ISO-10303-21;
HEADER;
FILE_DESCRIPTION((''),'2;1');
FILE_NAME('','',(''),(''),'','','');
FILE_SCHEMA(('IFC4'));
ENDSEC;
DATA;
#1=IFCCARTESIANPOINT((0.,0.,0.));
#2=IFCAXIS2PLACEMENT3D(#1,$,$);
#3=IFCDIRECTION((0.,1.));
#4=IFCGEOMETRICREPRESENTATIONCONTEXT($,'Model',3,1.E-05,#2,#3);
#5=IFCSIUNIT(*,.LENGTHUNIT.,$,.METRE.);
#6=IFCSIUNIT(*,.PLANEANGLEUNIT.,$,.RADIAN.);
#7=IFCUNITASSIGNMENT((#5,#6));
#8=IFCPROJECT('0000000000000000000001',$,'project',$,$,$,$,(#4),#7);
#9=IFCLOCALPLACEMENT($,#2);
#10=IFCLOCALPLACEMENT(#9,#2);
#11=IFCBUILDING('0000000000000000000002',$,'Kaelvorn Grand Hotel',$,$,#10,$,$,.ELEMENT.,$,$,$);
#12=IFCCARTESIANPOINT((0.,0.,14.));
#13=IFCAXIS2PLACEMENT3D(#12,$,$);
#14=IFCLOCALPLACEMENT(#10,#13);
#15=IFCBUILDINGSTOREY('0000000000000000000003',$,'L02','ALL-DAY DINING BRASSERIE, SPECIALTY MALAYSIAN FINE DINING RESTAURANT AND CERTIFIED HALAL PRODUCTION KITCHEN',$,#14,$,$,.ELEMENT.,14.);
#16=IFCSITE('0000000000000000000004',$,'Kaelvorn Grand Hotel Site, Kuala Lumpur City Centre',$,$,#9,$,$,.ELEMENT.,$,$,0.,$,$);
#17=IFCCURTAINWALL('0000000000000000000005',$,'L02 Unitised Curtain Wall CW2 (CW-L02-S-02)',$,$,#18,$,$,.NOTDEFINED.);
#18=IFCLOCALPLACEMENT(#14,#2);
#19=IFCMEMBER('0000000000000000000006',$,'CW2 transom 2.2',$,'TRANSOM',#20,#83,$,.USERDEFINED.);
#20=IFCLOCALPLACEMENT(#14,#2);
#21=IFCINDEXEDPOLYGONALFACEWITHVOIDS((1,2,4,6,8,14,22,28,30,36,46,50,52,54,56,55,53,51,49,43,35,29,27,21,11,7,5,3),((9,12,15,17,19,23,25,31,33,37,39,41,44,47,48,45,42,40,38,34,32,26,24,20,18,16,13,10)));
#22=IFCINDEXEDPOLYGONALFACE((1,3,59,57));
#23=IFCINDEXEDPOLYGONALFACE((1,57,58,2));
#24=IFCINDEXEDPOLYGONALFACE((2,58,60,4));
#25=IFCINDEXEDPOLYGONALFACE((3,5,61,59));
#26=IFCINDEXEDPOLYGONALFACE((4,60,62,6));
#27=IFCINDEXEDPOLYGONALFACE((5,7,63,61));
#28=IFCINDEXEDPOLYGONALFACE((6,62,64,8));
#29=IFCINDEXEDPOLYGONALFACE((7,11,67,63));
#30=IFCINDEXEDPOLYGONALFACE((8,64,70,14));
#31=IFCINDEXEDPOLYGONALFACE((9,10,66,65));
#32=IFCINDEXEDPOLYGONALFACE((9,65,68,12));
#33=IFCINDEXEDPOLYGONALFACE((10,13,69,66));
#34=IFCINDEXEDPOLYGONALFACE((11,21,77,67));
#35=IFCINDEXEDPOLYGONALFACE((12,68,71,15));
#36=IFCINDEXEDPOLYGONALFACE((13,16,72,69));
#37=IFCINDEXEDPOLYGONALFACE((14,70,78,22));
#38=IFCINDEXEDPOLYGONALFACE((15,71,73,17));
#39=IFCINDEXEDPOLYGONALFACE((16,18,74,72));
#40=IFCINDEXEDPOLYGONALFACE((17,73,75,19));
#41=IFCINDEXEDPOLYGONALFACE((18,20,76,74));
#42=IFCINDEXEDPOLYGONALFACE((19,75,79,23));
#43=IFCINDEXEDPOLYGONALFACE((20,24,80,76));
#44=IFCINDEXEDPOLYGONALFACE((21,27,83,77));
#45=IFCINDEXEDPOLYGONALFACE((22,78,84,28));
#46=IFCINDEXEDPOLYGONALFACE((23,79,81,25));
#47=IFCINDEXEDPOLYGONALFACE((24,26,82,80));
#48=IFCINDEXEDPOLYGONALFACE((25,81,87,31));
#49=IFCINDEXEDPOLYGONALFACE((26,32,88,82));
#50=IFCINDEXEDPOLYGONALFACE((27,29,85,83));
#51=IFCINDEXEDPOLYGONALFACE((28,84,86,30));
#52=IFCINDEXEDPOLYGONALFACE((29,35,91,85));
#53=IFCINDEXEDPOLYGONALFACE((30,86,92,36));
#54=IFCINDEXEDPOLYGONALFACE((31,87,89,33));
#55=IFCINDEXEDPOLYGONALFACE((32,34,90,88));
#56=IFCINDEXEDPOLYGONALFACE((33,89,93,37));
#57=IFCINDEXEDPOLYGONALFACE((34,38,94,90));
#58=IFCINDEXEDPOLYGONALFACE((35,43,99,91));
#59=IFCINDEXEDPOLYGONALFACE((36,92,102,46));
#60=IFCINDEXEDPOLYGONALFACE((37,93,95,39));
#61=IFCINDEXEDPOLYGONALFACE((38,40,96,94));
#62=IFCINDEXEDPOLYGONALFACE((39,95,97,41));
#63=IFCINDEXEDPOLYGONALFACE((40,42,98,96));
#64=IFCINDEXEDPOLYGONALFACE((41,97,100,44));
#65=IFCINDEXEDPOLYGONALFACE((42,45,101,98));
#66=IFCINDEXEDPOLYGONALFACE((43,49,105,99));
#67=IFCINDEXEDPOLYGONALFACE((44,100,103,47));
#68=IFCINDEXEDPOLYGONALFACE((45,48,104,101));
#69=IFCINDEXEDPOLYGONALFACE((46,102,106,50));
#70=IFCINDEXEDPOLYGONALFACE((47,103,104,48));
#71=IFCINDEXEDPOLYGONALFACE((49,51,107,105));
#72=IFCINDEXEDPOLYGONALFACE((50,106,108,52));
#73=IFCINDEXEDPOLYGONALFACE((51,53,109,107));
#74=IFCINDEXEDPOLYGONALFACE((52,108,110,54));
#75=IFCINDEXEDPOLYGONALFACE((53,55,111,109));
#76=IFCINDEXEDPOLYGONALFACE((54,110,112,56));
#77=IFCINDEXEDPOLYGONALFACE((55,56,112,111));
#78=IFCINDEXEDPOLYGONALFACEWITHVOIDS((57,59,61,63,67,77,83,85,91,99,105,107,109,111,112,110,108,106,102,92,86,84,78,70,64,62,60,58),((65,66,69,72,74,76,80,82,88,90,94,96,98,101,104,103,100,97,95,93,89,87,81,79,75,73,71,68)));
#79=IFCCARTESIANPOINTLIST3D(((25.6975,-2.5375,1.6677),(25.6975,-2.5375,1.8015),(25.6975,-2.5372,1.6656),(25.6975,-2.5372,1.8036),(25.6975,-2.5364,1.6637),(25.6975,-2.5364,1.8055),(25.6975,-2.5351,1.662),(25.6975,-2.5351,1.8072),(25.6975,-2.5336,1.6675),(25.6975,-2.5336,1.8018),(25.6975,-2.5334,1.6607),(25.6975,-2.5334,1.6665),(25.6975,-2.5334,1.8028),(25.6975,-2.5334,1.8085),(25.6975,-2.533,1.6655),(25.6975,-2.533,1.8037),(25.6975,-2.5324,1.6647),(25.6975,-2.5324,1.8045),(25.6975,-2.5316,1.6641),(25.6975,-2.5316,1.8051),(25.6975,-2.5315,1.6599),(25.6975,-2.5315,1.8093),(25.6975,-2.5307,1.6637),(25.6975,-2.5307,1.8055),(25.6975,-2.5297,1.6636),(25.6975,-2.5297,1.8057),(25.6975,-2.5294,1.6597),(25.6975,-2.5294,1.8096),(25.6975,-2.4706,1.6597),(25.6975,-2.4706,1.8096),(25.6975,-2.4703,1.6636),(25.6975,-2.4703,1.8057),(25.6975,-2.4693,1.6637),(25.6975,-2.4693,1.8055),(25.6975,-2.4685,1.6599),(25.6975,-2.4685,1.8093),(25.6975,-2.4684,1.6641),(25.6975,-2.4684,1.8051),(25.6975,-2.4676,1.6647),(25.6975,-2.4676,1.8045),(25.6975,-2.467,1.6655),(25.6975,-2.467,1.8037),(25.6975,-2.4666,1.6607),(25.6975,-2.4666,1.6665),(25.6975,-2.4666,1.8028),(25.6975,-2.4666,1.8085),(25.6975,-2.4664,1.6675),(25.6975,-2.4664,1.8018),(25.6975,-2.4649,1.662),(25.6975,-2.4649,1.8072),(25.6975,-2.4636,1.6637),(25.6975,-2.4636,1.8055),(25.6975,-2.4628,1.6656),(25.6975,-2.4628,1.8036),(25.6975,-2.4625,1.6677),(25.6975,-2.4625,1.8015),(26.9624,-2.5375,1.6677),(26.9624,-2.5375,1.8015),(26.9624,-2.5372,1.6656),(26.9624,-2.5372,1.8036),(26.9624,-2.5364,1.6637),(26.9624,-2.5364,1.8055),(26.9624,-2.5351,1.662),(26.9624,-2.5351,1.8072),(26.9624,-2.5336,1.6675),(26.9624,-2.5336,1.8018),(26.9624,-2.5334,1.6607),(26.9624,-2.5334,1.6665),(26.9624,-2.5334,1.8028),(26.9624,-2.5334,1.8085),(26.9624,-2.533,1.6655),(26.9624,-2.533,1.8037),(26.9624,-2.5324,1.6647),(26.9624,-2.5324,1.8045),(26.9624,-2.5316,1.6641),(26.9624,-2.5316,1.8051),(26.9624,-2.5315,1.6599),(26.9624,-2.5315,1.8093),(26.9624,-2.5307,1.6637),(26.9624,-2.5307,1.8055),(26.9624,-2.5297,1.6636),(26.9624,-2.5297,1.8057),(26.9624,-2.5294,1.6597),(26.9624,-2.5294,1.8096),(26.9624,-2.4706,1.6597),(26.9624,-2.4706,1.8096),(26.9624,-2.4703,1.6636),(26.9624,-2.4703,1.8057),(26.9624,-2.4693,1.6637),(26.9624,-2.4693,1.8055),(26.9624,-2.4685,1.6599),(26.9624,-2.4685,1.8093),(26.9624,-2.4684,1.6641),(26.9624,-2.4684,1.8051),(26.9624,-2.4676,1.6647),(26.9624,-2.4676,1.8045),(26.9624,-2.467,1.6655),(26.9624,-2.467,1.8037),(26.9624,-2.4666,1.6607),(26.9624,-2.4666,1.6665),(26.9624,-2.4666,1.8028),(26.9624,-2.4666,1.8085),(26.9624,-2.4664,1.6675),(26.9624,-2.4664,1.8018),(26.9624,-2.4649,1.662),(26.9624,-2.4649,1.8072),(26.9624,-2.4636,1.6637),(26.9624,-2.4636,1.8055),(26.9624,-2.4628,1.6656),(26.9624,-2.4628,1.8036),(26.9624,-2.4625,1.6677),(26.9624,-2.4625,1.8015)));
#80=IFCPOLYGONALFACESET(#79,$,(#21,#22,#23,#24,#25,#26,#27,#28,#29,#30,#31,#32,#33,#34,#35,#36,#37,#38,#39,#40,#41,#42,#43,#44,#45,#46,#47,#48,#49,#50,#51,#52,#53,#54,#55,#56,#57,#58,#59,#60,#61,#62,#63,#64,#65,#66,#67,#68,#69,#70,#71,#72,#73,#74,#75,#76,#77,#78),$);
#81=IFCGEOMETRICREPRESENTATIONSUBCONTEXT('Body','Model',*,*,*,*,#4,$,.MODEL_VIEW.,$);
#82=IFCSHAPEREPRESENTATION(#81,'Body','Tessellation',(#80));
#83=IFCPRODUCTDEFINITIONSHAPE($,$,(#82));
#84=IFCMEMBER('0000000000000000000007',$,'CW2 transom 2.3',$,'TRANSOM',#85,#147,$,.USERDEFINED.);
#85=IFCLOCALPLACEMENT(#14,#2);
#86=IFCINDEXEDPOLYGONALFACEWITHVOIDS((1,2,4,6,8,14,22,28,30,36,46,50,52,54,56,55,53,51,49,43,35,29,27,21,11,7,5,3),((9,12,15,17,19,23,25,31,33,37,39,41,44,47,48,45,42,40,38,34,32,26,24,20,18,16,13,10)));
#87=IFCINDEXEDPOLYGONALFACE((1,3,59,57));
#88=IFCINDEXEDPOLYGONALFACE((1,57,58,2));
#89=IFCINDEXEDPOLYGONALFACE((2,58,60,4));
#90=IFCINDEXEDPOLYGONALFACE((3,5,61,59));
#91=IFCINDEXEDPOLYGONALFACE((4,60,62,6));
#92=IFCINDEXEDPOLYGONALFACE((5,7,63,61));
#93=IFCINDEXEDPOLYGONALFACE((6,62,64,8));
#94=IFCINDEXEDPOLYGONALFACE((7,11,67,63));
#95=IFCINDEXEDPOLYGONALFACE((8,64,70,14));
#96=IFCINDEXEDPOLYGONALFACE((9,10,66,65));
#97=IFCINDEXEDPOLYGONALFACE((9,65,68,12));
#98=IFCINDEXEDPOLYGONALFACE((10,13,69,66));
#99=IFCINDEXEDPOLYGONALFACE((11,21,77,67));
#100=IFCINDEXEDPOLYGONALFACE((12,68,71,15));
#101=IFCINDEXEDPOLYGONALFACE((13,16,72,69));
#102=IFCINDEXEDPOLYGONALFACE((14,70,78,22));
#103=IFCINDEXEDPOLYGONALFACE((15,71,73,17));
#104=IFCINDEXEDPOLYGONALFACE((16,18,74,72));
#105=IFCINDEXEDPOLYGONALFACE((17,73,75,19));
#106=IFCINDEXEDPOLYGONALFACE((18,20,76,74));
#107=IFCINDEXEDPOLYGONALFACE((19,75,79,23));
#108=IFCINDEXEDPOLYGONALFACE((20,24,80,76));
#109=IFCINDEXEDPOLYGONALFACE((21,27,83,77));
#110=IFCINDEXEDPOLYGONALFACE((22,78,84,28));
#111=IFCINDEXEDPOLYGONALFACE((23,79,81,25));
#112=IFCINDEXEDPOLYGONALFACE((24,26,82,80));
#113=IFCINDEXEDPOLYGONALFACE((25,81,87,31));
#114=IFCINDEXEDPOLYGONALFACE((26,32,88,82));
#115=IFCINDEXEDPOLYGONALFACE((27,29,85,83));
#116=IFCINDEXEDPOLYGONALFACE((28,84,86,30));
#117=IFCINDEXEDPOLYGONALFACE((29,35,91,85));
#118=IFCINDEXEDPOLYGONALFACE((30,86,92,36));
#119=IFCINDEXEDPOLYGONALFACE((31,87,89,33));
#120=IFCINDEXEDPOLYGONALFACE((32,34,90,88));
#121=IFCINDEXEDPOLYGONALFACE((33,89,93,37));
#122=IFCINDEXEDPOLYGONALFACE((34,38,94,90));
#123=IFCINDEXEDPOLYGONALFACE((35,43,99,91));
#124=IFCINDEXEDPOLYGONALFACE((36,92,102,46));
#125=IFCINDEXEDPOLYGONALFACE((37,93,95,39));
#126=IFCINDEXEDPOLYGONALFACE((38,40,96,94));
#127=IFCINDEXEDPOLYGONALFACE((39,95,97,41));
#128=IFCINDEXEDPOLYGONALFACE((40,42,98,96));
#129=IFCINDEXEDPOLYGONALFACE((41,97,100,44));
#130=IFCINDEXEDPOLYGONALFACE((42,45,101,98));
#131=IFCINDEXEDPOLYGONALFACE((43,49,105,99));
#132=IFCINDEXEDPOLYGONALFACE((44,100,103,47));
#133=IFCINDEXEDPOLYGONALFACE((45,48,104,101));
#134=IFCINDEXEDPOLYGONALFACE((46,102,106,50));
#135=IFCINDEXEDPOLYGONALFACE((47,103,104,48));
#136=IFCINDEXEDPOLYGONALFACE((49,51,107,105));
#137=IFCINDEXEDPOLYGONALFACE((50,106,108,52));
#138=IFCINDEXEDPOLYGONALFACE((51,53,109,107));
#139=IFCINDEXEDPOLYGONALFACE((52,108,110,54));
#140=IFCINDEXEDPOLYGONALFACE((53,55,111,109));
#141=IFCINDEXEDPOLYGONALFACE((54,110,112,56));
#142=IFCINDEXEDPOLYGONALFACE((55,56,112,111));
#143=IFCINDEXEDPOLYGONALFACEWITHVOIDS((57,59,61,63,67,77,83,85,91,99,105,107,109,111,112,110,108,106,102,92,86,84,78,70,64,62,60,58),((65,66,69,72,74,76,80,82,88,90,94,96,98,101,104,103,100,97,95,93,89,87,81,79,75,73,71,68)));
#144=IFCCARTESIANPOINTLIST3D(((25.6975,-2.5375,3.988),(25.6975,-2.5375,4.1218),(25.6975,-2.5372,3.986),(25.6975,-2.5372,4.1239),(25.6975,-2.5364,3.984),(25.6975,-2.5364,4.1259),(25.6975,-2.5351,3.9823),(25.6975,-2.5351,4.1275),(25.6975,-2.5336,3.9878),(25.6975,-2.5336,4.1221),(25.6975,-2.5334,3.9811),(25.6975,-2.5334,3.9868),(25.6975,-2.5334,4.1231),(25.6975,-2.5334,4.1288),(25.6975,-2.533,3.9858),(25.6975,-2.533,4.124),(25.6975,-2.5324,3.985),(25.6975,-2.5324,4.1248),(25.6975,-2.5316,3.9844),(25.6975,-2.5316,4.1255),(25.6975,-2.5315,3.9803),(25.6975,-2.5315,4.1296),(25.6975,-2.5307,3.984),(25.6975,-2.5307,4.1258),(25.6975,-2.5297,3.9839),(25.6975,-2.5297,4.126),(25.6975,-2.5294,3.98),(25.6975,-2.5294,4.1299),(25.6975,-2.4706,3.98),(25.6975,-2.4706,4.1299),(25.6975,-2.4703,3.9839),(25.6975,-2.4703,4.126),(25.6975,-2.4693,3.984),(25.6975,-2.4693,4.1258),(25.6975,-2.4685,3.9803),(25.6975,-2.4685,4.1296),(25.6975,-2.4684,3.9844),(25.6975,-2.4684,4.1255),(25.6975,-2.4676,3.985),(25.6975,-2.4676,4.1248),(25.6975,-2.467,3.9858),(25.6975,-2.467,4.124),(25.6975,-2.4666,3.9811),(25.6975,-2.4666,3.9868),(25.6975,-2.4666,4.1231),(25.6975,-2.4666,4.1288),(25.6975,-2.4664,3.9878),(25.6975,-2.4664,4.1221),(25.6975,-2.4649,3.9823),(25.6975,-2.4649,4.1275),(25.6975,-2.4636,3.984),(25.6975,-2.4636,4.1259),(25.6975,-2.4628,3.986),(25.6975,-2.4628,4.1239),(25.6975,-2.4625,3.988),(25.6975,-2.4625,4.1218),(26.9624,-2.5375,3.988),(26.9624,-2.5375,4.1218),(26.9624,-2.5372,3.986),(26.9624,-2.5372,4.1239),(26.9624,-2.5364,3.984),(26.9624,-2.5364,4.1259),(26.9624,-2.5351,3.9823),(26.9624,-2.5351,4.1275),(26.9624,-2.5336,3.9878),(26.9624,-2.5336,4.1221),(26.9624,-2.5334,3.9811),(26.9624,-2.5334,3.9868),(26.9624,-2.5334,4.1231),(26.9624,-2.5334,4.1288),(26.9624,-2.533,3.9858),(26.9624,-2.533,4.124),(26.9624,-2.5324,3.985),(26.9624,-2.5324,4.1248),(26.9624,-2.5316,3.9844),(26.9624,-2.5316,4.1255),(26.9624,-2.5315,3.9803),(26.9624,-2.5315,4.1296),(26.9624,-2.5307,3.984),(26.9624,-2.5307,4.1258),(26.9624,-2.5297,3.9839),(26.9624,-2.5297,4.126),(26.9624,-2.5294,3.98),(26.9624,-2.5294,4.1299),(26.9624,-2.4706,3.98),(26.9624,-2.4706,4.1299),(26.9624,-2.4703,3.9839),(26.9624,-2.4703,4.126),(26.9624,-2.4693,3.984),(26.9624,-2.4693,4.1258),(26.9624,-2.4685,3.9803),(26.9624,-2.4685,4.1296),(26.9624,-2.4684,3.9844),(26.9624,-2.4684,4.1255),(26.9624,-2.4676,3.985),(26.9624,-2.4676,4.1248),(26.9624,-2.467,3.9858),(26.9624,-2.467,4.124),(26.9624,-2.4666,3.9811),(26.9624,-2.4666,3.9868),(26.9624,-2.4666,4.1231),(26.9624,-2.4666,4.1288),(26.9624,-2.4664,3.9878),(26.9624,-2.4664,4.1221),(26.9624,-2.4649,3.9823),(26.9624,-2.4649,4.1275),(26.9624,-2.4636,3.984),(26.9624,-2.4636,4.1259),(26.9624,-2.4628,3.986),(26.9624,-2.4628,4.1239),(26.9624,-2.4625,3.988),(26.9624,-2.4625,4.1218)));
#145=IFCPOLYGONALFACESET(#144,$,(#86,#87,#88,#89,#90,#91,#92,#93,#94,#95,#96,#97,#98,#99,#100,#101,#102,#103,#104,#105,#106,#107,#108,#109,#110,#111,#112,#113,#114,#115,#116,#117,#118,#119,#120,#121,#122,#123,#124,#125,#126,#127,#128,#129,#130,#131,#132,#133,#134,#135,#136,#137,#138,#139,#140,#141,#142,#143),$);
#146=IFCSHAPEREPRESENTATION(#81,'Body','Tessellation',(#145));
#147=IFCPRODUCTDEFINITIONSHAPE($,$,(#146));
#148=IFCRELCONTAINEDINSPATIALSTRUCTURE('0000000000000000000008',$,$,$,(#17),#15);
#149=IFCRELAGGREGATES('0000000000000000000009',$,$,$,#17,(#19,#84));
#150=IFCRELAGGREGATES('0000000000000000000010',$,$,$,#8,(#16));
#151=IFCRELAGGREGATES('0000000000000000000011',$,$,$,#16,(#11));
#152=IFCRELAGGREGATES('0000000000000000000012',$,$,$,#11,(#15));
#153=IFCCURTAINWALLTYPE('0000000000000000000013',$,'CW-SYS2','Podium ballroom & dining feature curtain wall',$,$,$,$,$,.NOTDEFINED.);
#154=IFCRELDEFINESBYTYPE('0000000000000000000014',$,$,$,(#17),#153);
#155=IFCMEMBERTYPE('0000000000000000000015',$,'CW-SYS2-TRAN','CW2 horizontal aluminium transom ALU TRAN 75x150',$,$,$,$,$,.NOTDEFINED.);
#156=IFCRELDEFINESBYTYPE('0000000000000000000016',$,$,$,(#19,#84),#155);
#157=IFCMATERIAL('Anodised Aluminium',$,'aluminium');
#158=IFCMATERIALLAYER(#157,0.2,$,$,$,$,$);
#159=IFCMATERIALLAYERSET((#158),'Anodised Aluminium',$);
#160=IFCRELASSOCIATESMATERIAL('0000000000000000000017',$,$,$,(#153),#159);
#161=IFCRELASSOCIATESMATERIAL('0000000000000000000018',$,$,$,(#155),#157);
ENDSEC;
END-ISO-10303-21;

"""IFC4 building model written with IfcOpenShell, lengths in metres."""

from ifc_helpers import new_model, si_unit, direction, frame, origin, origin_2d, place, context, subcontext, project, spatial, hollow_rectangle, extrude, material, layer, layer_set, material_profile, profile_set, type_object, element, aggregate, save


model = new_model("IFC4")

# Units and contexts
model_context = context("Model", 3, precision=1e-05, world=origin(), true_north=direction((0.0, 1.0)))
body_context = subcontext(model_context, "Body", "Model", "MODEL_VIEW")
ifc_project = project(units=[si_unit("LENGTHUNIT", "METRE"), si_unit("PLANEANGLEUNIT", "RADIAN")], contexts=[model_context])

# Site, building, storey
site_placement = place(None, origin())
site = spatial("IfcSite", under=ifc_project, at=site_placement, Name="Kaelvorn Grand Hotel Site, Kuala Lumpur City Centre", CompositionType="ELEMENT", RefElevation=0.0)
building_placement = place(site_placement, origin())
building = spatial("IfcBuilding", under=site, at=building_placement, Name="Kaelvorn Grand Hotel", CompositionType="ELEMENT")
storey_placement = place(building_placement, frame((0.0, 0.0, 14.0)))
storey = spatial("IfcBuildingStorey", under=building, at=storey_placement, Name="L02", Description="ALL-DAY DINING BRASSERIE, SPECIALTY MALAYSIAN FINE DINING RESTAURANT AND CERTIFIED HALAL PRODUCTION KITCHEN", CompositionType="ELEMENT", Elevation=14.0)

# Shared definitions
ifc_material_1 = material(Name="Anodised Aluminium", Category="aluminium")
ifc_layer_1 = layer(ifc_material_1, 0.2)
ifc_layer_set_1 = layer_set([ifc_layer_1], Name="Anodised Aluminium")
curtain_wall_type = type_object("IfcCurtainWallType", Name="CW-SYS2", Description="Podium ballroom & dining feature curtain wall", PredefinedType="NOTDEFINED", material=ifc_layer_set_1)

# Curtain wall
curtain_wall_1_placement = place(storey_placement, origin())
curtain_wall_1 = element("IfcCurtainWall", 1, at=curtain_wall_1_placement, inside=storey, type_object=curtain_wall_type, Name="L02 Unitised Curtain Wall CW2 (CW-L02-S-02)", PredefinedType="NOTDEFINED")

# Members
ifc_material_profile_1 = material_profile(ifc_material_1, hollow_rectangle(XDim=0.075, YDim=0.1499, WallThickness=0.0039, InnerFilletRadius=0.0039, OuterFilletRadius=0.0081, at=origin_2d()), Name="ALU TRAN 75x150")
ifc_profile_set_1 = profile_set([ifc_material_profile_1], Name="Anodised Aluminium")
member_type_1 = type_object("IfcMemberType", Name="CW-SYS2-TRAN", Description="CW2 horizontal aluminium transom ALU TRAN 75x150", PredefinedType="NOTDEFINED", material=ifc_profile_set_1)
member_1_placement = place(storey_placement, frame((25.6975, -2.5, 1.7346), z_axis=(1.0, 0.0, 0.0), x_axis=(0.0, 1.0, 0.0)))
member_1 = element("IfcMember", 2, at=member_1_placement, type_object=member_type_1, Name="CW2 transom 2.2", ObjectType="TRANSOM", PredefinedType="USERDEFINED", context=body_context, shape_type="SweptSolid", body=[
    extrude(hollow_rectangle(XDim=0.075, YDim=0.1499, WallThickness=0.0039, InnerFilletRadius=0.0039, OuterFilletRadius=0.0081, at=origin_2d()), origin(), (0.0, 0.0, 1.0), 1.2649),
])
member_2_placement = place(storey_placement, frame((25.6975, -2.5, 4.0549), z_axis=(1.0, 0.0, 0.0), x_axis=(0.0, 1.0, 0.0)))
member_2 = element("IfcMember", 3, at=member_2_placement, type_object=member_type_1, Name="CW2 transom 2.3", ObjectType="TRANSOM", PredefinedType="USERDEFINED", context=body_context, shape_type="SweptSolid", body=[
    extrude(hollow_rectangle(XDim=0.075, YDim=0.1499, WallThickness=0.0039, InnerFilletRadius=0.0039, OuterFilletRadius=0.0081, at=origin_2d()), origin(), (0.0, 0.0, 1.0), 1.2649),
])

aggregate(curtain_wall_1, [member_1, member_2])

save(model, "model.ifc")
